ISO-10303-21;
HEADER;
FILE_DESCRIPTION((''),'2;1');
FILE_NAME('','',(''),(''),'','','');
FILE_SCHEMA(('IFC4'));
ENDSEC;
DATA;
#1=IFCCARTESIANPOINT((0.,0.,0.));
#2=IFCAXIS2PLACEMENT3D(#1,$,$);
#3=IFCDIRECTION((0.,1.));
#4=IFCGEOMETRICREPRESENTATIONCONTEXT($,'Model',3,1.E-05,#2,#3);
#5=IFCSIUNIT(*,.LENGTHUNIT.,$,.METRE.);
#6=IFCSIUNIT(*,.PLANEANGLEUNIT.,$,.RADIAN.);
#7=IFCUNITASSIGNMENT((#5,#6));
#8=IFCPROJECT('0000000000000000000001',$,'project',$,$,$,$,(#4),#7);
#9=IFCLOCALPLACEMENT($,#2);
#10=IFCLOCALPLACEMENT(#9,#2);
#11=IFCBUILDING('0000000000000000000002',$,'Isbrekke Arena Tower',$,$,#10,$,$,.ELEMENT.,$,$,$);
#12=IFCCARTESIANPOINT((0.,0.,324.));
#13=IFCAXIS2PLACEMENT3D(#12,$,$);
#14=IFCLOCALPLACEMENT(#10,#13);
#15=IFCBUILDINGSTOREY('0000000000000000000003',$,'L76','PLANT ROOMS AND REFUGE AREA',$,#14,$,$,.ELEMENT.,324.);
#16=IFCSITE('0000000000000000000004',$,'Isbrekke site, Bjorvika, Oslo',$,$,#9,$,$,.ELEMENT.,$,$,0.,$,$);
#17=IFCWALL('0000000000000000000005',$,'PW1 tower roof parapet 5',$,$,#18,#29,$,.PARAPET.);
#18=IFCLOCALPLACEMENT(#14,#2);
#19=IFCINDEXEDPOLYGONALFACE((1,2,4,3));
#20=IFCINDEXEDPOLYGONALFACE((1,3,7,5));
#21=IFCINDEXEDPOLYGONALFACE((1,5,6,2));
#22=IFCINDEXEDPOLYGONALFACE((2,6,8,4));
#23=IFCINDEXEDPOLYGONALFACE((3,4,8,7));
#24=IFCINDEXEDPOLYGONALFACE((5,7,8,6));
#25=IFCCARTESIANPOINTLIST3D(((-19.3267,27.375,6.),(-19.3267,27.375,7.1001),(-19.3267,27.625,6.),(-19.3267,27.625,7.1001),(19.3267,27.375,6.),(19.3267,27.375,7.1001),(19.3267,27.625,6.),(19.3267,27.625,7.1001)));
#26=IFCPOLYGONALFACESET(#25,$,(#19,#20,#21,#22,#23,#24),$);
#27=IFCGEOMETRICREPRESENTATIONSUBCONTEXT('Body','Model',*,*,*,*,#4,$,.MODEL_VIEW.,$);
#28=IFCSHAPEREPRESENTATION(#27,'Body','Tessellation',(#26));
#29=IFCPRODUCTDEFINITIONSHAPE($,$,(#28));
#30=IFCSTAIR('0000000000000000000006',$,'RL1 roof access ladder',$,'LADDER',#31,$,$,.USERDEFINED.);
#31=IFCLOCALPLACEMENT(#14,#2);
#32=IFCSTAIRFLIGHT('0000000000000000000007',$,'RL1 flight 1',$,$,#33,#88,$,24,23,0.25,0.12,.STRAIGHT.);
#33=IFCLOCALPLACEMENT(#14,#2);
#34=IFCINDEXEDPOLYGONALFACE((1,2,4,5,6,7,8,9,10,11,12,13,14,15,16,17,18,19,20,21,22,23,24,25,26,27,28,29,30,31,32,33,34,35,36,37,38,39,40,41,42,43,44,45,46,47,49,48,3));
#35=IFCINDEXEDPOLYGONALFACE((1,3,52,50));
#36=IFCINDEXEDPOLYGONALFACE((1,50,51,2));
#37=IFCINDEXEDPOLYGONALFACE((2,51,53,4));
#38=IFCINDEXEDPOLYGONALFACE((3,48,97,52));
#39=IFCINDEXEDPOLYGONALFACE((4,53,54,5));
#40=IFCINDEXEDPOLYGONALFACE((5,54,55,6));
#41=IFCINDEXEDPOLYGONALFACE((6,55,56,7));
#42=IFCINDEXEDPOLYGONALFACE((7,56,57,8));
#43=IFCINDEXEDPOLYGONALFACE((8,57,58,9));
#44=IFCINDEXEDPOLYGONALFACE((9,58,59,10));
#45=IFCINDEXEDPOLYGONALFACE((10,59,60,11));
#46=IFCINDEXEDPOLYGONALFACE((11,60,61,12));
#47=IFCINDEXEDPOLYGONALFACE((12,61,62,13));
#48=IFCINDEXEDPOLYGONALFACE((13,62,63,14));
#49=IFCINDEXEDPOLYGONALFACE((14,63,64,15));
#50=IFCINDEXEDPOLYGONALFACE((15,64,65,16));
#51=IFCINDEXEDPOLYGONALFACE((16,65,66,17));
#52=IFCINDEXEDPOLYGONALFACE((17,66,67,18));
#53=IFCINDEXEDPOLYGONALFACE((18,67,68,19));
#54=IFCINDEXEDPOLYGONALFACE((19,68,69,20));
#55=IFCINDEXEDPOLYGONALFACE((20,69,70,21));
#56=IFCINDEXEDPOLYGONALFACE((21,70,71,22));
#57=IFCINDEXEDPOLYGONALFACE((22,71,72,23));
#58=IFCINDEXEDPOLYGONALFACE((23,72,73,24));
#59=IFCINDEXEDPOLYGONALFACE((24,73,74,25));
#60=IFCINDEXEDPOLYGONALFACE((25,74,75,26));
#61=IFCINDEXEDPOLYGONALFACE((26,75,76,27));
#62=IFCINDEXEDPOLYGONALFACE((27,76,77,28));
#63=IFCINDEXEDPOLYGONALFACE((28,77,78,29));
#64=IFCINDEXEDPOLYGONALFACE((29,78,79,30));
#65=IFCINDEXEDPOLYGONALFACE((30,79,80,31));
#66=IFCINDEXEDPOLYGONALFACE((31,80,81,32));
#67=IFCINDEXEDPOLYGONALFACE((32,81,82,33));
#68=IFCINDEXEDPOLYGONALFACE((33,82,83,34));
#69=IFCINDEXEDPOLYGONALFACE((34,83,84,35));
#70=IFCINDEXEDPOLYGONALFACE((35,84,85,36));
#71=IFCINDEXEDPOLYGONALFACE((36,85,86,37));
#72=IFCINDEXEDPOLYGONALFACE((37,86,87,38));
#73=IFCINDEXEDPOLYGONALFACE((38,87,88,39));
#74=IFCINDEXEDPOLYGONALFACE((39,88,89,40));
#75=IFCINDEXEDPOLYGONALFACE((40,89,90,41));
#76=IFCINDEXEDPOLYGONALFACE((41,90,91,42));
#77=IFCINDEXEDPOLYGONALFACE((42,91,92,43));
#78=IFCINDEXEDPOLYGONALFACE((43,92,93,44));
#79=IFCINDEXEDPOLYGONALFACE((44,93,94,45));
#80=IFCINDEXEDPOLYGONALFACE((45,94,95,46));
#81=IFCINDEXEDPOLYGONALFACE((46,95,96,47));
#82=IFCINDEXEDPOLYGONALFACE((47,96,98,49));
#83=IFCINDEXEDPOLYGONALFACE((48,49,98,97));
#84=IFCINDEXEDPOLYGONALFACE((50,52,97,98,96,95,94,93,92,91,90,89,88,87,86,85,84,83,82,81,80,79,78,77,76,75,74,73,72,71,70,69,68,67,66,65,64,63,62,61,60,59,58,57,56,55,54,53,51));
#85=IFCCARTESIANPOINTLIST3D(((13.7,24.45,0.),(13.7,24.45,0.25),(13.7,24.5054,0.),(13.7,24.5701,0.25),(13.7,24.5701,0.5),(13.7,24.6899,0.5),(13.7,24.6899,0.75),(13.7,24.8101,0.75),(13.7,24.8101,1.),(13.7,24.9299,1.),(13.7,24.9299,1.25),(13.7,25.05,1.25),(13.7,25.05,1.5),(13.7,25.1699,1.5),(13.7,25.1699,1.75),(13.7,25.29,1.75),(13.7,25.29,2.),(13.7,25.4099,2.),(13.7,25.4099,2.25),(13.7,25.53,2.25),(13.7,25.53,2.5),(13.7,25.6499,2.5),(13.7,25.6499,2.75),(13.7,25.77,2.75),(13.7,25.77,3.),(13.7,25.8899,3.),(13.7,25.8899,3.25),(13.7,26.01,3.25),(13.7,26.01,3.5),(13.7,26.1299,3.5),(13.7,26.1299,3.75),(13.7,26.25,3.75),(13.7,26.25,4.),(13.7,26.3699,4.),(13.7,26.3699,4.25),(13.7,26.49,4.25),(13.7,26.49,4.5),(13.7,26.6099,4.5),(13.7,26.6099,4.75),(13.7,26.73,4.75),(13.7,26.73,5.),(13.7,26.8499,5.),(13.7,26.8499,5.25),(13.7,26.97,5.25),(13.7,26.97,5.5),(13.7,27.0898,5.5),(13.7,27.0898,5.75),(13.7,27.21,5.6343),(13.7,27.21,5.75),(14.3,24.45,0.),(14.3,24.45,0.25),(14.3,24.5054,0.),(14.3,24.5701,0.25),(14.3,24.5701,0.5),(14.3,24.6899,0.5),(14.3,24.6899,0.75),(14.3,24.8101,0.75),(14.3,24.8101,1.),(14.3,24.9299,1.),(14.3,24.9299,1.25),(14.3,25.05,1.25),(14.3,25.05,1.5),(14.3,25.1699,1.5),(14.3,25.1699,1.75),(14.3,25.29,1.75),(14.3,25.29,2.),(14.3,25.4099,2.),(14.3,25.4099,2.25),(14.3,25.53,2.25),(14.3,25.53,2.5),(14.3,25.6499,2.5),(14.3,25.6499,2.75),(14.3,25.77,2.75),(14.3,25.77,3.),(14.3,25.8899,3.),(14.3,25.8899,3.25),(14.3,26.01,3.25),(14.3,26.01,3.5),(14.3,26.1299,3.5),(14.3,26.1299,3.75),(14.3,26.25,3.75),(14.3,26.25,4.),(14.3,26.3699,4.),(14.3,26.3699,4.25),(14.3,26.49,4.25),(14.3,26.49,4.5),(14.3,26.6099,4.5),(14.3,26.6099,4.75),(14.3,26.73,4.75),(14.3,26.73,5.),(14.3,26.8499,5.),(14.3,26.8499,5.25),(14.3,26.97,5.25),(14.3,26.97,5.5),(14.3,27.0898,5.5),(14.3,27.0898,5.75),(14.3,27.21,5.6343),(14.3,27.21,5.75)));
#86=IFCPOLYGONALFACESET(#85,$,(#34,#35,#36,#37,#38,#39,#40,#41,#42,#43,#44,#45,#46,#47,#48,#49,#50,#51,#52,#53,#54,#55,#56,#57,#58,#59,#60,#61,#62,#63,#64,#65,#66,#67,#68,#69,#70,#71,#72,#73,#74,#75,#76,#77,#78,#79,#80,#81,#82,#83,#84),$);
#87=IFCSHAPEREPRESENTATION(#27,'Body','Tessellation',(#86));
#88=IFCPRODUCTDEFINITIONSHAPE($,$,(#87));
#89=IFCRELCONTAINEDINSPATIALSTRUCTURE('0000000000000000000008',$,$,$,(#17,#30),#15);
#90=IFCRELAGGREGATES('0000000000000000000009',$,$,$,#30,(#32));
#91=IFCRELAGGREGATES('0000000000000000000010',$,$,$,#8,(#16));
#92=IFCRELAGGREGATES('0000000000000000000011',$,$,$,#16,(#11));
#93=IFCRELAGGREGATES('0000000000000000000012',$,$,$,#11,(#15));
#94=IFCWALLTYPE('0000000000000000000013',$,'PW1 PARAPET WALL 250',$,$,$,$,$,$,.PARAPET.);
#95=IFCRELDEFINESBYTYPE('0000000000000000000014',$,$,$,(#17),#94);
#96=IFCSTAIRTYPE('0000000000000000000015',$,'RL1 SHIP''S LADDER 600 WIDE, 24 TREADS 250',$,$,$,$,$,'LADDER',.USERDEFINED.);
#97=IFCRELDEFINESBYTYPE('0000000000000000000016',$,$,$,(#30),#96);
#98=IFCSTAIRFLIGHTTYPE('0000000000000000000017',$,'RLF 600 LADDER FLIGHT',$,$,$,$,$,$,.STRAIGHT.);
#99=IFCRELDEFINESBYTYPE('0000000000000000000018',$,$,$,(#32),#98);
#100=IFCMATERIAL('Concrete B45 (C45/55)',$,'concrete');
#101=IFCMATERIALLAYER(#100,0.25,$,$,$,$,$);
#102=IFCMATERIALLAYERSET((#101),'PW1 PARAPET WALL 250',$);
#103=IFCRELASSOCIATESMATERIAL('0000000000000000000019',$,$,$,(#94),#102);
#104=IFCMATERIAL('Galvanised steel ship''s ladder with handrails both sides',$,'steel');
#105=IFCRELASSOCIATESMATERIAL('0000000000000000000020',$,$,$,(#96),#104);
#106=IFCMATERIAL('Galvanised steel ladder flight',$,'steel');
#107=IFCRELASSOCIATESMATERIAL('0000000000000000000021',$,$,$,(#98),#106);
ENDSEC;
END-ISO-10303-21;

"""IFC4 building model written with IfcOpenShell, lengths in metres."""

from ifc_helpers import new_model, si_unit, direction, frame, frame_2d, origin, place, context, subcontext, project, spatial, polyline, rectangle, outline, extrude, material, layer, layer_set, type_object, element, aggregate, save


model = new_model("IFC4")

# Units and contexts
model_context = context("Model", 3, precision=1e-05, world=origin(), true_north=direction((0.0, 1.0)))
body_context = subcontext(model_context, "Body", "Model", "MODEL_VIEW")
ifc_project = project(units=[si_unit("LENGTHUNIT", "METRE"), si_unit("PLANEANGLEUNIT", "RADIAN")], contexts=[model_context])

# Site, building, storey
site_placement = place(None, origin())
site = spatial("IfcSite", under=ifc_project, at=site_placement, Name="Isbrekke site, Bjorvika, Oslo", CompositionType="ELEMENT", RefElevation=0.0)
building_placement = place(site_placement, origin())
building = spatial("IfcBuilding", under=site, at=building_placement, Name="Isbrekke Arena Tower", CompositionType="ELEMENT")
storey_placement = place(building_placement, frame((0.0, 0.0, 324.0)))
storey = spatial("IfcBuildingStorey", under=building, at=storey_placement, Name="L76", Description="PLANT ROOMS AND REFUGE AREA", CompositionType="ELEMENT", Elevation=324.0)

# Wall
ifc_material_1 = material(Name="Concrete B45 (C45/55)", Category="concrete")
ifc_layer_1 = layer(ifc_material_1, 0.25)
ifc_layer_set_1 = layer_set([ifc_layer_1], Name="PW1 PARAPET WALL 250")
wall_type_1 = type_object("IfcWallType", Name="PW1 PARAPET WALL 250", PredefinedType="PARAPET", material=ifc_layer_set_1)
wall_1_placement = place(storey_placement, frame((19.3267, 27.5, 6.0), z_axis=(0.0, 0.0, 1.0), x_axis=(-1.0, 0.0, 0.0)))
element("IfcWall", 1, at=wall_1_placement, inside=storey, type_object=wall_type_1, Name="PW1 tower roof parapet 5", PredefinedType="PARAPET", context=body_context, shape_type="SweptSolid", body=[
    extrude(rectangle(XDim=38.6533, YDim=0.25, at=frame_2d((19.3267, 0.0))), origin(), (0.0, 0.0, 1.0), 1.1001),
])

# Stair, stair flight
ifc_material_2 = material(Name="Galvanised steel ship's ladder with handrails both sides", Category="steel")
stair_type = type_object("IfcStairType", Name="RL1 SHIP'S LADDER 600 WIDE, 24 TREADS 250", ElementType="LADDER", PredefinedType="USERDEFINED", material=ifc_material_2)
stair_placement = place(storey_placement, origin())
stair = element("IfcStair", 2, at=stair_placement, inside=storey, type_object=stair_type, Name="RL1 roof access ladder", ObjectType="LADDER", PredefinedType="USERDEFINED")
ifc_material_3 = material(Name="Galvanised steel ladder flight", Category="steel")
stair_flight_type = type_object("IfcStairFlightType", Name="RLF 600 LADDER FLIGHT", PredefinedType="STRAIGHT", material=ifc_material_3)
stair_flight_placement = place(storey_placement, frame((14.0, 24.45, 0.0), z_axis=(0.0, 0.0, 1.0), x_axis=(0.0, 1.0, 0.0)))
stair_flight = element("IfcStairFlight", 3, at=stair_flight_placement, type_object=stair_flight_type, Name="RL1 flight 1", NumberOfRisers=24, NumberOfTreads=23, PredefinedType="STRAIGHT", RiserHeight=0.25, TreadLength=0.12, context=body_context, shape_type="SweptSolid", body=[
    extrude(outline(polyline([(0.0, 0.0), (0.0, 0.25), (0.1201, 0.25), (0.1201, 0.5), (0.24, 0.5), (0.24, 0.75), (0.3601, 0.75), (0.3601, 1.0), (0.48, 1.0), (0.48, 1.25), (0.6001, 1.25), (0.6001, 1.5), (0.72, 1.5), (0.72, 1.75), (0.8401, 1.75), (0.8401, 2.0), (0.96, 2.0), (0.96, 2.25), (1.0801, 2.25), (1.0801, 2.5), (1.2, 2.5), (1.2, 2.75), (1.3201, 2.75), (1.3201, 3.0), (1.4399, 3.0), (1.4399, 3.25), (1.5601, 3.25), (1.5601, 3.5), (1.6799, 3.5), (1.6799, 3.75), (1.8, 3.75), (1.8, 4.0), (1.9199, 4.0), (1.9199, 4.25), (2.04, 4.25), (2.04, 4.5), (2.1599, 4.5), (2.1599, 4.75), (2.28, 4.75), (2.28, 5.0), (2.3999, 5.0), (2.3999, 5.25), (2.52, 5.25), (2.52, 5.5), (2.6399, 5.5), (2.6399, 5.75), (2.76, 5.75), (2.76, 6.0), (2.76, 5.6343), (0.0554, 0.0), (0.0, 0.0)])), frame((0.0, 0.3, 0.0), z_axis=(0.0, -1.0, 0.0), x_axis=(1.0, 0.0, 0.0)), (0.0, 0.0, 1.0), 0.6001),
])
aggregate(stair, [stair_flight])

save(model, "model.ifc")
